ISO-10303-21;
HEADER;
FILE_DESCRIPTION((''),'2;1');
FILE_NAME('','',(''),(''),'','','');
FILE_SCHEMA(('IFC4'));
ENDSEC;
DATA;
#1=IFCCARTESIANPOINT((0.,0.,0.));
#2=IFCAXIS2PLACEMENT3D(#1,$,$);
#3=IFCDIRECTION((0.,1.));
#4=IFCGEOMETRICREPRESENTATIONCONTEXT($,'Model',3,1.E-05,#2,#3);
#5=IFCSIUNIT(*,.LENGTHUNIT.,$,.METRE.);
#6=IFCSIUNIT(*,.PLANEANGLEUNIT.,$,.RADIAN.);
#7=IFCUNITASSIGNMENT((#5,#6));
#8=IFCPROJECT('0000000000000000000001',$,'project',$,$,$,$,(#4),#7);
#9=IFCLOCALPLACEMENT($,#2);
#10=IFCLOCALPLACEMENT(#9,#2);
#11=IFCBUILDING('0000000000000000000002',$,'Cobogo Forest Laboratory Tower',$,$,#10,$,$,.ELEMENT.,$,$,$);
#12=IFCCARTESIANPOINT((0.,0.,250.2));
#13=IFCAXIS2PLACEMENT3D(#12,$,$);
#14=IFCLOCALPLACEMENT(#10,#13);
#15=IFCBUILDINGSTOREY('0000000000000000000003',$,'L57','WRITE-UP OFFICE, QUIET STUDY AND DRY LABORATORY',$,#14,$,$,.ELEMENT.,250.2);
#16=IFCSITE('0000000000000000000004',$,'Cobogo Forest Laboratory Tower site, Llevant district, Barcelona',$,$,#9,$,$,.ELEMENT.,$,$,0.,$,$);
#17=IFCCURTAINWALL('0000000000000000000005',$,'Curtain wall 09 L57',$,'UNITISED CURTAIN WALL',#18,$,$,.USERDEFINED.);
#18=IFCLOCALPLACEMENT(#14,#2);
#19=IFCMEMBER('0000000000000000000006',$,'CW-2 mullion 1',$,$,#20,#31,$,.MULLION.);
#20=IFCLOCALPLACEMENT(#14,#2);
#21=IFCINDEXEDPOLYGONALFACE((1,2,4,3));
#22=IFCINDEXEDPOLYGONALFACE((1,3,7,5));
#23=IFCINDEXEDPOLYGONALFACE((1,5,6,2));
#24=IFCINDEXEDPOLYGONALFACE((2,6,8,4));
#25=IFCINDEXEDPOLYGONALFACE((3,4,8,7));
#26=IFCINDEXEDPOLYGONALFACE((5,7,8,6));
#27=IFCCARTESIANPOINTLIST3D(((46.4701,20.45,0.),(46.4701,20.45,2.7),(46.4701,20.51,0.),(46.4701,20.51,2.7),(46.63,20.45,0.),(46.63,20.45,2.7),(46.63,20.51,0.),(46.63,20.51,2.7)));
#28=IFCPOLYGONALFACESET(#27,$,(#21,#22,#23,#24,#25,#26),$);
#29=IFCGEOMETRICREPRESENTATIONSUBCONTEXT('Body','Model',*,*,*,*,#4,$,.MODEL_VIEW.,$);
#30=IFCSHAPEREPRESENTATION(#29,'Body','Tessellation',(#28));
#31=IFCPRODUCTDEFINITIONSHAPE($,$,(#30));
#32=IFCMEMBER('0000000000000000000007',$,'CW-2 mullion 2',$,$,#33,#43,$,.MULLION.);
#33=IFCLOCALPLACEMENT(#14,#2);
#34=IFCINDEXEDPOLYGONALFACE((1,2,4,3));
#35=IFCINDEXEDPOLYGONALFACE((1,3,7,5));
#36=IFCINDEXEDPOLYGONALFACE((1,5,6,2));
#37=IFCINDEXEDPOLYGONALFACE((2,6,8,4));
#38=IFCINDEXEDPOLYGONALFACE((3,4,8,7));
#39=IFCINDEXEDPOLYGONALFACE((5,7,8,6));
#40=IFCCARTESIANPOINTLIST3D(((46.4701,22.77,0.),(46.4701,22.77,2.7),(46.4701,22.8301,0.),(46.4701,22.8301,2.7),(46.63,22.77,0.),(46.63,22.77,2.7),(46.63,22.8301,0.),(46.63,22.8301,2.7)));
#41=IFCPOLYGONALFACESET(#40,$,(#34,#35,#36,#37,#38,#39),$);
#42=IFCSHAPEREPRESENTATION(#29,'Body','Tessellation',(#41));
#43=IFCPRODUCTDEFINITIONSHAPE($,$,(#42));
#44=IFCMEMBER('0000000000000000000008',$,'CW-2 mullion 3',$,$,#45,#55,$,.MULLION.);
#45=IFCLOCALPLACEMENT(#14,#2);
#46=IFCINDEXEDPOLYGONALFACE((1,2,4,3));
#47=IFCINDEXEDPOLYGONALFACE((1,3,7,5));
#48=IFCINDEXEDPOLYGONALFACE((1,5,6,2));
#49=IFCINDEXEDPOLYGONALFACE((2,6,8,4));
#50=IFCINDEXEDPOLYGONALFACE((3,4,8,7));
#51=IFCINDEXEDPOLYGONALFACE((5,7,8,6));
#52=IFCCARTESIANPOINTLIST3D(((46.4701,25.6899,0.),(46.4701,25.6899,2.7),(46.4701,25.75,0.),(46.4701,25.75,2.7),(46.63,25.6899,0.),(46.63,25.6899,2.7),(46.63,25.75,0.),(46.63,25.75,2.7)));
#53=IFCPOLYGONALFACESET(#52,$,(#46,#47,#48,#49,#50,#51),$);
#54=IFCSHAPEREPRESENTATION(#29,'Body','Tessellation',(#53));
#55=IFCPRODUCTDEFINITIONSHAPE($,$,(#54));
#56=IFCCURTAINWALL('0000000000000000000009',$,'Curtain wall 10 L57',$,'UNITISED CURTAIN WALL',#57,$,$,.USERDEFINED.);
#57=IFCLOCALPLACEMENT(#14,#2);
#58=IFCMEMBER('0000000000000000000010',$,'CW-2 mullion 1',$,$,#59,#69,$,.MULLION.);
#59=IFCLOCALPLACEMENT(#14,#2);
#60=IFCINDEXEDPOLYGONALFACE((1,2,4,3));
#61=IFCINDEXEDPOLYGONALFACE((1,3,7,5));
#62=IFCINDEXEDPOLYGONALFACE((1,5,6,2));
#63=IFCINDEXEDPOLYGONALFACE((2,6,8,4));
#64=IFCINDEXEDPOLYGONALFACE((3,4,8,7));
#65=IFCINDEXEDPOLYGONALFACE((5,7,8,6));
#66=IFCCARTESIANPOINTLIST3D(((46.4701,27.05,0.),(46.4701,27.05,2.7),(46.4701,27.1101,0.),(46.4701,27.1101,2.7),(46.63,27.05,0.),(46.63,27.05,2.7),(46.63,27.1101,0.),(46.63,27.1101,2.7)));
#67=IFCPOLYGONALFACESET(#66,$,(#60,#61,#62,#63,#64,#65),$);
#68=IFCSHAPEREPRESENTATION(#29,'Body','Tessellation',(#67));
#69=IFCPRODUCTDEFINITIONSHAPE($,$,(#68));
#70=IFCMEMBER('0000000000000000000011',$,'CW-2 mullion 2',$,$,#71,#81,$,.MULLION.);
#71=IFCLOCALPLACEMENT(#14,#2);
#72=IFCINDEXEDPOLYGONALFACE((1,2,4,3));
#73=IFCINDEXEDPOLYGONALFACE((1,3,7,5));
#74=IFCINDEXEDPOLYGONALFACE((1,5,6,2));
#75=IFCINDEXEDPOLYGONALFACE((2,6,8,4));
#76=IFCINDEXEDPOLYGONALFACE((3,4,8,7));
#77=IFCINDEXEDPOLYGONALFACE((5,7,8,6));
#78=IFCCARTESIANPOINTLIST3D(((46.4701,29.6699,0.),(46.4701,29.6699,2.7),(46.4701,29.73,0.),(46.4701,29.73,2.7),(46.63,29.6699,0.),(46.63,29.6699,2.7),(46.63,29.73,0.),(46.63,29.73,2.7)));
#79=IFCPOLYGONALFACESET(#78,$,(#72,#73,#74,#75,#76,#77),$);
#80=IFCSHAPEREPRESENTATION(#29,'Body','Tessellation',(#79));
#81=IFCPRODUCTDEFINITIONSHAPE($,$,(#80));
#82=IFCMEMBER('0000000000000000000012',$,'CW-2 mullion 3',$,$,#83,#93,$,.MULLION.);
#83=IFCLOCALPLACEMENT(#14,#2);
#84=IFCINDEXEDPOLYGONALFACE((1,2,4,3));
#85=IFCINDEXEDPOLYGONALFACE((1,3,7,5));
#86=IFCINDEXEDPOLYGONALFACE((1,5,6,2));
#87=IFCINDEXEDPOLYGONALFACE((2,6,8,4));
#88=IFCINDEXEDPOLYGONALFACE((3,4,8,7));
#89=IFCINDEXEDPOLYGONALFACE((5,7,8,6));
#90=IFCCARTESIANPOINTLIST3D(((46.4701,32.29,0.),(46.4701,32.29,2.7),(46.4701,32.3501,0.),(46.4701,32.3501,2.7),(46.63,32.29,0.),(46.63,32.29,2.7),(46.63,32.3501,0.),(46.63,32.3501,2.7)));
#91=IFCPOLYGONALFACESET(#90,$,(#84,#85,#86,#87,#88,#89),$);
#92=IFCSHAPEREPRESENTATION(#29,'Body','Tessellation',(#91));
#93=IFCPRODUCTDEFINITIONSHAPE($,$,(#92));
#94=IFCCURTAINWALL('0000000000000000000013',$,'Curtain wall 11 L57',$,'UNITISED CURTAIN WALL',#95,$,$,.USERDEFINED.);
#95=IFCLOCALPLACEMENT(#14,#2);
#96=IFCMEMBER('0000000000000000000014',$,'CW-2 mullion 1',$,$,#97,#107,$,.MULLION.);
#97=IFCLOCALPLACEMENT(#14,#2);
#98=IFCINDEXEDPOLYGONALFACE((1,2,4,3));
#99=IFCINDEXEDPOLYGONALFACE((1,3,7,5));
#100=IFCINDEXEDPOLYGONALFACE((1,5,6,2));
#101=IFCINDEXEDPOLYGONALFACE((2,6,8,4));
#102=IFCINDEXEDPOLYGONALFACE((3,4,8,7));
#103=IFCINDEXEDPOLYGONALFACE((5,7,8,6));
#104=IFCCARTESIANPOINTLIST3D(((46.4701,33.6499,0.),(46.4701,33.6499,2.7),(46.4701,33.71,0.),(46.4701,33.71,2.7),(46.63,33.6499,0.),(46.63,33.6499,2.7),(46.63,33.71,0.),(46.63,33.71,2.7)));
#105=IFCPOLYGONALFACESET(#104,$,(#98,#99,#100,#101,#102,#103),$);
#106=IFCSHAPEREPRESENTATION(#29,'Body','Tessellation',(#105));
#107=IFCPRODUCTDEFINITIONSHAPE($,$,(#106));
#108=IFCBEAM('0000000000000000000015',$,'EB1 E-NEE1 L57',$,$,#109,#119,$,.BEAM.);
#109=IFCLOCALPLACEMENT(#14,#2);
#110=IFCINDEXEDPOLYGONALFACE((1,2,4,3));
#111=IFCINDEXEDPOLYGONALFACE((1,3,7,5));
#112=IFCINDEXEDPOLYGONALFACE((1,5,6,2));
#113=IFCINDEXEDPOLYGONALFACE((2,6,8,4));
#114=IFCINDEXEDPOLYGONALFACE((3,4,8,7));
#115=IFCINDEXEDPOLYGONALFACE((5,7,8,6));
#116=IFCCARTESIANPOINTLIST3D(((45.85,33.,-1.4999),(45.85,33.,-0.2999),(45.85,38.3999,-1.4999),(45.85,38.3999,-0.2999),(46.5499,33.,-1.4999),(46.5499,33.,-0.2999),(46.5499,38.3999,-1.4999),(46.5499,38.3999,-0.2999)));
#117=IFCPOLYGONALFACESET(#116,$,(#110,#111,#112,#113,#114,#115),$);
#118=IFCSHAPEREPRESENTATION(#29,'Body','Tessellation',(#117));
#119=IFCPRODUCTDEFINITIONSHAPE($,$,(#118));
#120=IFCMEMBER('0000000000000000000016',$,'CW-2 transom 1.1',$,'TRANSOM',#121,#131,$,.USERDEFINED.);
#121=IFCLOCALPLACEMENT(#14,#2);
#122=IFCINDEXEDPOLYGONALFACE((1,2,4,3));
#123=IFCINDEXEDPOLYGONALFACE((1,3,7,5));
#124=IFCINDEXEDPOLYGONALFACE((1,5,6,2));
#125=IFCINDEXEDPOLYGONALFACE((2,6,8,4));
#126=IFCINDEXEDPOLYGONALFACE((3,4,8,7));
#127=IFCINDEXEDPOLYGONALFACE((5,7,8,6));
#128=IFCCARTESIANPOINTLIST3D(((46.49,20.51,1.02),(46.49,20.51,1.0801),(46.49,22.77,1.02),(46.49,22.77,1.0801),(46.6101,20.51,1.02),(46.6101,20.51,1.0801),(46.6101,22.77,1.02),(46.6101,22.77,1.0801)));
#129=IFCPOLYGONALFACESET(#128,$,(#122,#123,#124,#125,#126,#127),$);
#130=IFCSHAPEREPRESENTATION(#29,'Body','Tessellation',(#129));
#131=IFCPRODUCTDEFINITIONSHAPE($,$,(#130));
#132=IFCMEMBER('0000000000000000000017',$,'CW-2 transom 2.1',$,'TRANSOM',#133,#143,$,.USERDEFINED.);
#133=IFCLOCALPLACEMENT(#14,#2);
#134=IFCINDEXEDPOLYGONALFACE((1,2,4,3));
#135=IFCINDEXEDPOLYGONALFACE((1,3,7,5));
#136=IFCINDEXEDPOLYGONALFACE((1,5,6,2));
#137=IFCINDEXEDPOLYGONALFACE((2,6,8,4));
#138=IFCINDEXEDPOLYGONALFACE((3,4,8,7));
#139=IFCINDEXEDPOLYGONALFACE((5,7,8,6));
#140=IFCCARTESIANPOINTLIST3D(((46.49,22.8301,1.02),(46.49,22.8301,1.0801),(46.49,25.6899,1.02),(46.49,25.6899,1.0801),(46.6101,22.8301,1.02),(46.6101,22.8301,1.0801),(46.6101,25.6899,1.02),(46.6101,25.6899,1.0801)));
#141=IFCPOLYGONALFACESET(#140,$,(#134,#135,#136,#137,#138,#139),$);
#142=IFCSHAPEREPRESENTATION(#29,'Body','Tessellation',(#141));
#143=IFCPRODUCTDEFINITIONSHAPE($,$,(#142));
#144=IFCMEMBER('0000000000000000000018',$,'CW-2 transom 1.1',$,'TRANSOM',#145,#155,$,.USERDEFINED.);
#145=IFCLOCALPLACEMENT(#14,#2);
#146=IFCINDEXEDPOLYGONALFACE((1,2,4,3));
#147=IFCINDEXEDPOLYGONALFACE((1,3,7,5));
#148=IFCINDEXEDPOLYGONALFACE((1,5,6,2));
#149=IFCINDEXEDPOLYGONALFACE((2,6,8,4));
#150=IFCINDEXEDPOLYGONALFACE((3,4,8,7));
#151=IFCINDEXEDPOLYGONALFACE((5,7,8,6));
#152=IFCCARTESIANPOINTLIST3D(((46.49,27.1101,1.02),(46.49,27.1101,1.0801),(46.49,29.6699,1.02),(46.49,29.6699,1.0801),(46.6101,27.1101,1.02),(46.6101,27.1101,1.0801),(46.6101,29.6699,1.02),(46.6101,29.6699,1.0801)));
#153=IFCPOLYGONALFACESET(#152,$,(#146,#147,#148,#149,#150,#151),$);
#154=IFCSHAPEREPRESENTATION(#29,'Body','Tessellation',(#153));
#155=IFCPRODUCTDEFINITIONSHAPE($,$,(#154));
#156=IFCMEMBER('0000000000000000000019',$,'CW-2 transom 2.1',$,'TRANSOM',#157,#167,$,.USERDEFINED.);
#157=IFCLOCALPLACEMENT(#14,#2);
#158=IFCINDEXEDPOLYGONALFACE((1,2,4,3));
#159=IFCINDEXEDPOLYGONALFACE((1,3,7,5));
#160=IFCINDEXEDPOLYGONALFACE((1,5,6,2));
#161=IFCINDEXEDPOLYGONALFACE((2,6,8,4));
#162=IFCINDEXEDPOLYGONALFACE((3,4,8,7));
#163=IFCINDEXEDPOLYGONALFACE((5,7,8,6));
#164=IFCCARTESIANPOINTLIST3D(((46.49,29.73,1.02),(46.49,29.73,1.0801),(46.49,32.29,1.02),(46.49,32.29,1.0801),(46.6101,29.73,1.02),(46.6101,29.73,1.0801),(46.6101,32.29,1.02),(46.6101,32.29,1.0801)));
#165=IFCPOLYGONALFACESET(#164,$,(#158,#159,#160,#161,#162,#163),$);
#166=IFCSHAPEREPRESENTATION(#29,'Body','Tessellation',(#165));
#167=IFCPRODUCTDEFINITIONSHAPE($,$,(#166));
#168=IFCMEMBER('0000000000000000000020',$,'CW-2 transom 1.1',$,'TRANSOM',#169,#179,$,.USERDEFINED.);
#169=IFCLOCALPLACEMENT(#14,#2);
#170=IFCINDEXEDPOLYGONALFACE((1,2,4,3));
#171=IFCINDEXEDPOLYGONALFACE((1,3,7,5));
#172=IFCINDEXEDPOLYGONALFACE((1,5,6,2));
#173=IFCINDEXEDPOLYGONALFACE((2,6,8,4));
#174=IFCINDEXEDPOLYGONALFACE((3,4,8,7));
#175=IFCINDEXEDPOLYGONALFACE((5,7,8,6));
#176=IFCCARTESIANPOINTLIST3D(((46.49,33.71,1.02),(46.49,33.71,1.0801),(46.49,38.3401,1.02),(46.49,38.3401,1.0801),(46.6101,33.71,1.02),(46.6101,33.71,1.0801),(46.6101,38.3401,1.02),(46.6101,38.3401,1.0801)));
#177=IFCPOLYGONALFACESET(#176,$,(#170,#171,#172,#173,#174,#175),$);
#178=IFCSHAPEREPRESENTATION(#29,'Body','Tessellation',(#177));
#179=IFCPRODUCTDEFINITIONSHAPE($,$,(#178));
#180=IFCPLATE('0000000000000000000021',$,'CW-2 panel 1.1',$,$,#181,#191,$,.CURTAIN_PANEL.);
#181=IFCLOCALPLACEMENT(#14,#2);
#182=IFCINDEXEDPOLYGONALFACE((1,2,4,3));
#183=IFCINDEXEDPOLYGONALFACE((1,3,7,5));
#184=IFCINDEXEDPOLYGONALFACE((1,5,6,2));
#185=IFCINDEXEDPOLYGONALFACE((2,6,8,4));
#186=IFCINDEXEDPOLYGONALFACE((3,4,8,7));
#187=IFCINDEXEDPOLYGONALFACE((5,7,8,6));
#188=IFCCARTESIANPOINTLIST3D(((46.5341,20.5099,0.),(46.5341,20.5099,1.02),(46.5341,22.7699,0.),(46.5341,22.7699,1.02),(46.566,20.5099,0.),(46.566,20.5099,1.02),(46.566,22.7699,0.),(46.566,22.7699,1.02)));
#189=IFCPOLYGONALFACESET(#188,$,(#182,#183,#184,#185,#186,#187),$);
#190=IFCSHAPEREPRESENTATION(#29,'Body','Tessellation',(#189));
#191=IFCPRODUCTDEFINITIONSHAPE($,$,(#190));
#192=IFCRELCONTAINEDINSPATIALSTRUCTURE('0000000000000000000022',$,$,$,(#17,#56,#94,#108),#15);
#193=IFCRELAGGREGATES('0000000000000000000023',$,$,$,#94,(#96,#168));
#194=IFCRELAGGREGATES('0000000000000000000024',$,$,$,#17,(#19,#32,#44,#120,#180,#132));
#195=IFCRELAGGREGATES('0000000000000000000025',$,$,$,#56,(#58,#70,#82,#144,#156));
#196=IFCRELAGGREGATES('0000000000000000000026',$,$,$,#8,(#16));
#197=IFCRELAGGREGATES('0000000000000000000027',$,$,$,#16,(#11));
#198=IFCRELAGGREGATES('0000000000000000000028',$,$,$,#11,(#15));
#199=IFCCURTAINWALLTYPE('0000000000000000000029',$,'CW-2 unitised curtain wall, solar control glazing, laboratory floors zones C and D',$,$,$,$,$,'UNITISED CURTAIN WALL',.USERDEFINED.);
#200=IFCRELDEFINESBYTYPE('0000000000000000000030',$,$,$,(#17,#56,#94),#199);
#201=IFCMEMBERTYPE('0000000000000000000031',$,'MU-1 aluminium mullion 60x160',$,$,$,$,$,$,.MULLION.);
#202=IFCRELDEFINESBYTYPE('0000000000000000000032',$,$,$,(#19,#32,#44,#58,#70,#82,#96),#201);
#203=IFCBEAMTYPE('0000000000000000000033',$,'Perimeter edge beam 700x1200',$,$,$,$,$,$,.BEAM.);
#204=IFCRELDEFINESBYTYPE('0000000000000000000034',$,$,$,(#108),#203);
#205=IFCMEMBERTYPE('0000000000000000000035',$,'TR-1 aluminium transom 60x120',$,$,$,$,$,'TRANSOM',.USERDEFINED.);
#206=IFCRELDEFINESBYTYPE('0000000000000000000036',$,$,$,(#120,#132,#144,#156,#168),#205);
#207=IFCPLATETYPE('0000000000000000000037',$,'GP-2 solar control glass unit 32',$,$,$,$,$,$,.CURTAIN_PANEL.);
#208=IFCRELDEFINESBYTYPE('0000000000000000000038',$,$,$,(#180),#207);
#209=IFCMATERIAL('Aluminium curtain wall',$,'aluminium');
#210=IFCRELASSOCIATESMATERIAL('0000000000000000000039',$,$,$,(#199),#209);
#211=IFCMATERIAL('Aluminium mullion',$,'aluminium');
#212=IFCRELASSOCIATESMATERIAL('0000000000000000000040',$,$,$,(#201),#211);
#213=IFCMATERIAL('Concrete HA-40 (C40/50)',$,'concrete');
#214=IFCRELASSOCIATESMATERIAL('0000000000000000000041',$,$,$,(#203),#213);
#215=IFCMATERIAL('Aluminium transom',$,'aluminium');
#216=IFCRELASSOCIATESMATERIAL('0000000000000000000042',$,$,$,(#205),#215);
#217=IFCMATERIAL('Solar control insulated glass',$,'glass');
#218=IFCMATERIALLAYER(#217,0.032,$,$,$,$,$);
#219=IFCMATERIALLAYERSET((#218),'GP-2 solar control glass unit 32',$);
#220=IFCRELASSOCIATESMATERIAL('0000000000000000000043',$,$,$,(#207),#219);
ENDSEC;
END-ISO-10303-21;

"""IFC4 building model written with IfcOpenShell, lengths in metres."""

from ifc_helpers import new_model, si_unit, direction, frame, origin, origin_2d, place, context, subcontext, project, spatial, rectangle, extrude, material, layer, layer_set, material_profile, profile_set, type_object, element, aggregate, save


model = new_model("IFC4")

# Units and contexts
model_context = context("Model", 3, precision=1e-05, world=origin(), true_north=direction((0.0, 1.0)))
body_context = subcontext(model_context, "Body", "Model", "MODEL_VIEW")
ifc_project = project(units=[si_unit("LENGTHUNIT", "METRE"), si_unit("PLANEANGLEUNIT", "RADIAN")], contexts=[model_context])

# Site, building, storey
site_placement = place(None, origin())
site = spatial("IfcSite", under=ifc_project, at=site_placement, Name="Cobogo Forest Laboratory Tower site, Llevant district, Barcelona", CompositionType="ELEMENT", RefElevation=0.0)
building_placement = place(site_placement, origin())
building = spatial("IfcBuilding", under=site, at=building_placement, Name="Cobogo Forest Laboratory Tower", CompositionType="ELEMENT")
storey_placement = place(building_placement, frame((0.0, 0.0, 250.2)))
storey = spatial("IfcBuildingStorey", under=building, at=storey_placement, Name="L57", Description="WRITE-UP OFFICE, QUIET STUDY AND DRY LABORATORY", CompositionType="ELEMENT", Elevation=250.2)

# Curtain walls, members
ifc_material_1 = material(Name="Aluminium curtain wall", Category="aluminium")
curtain_wall_type = type_object("IfcCurtainWallType", Name="CW-2 unitised curtain wall, solar control glazing, laboratory floors zones C and D", ElementType="UNITISED CURTAIN WALL", PredefinedType="USERDEFINED", material=ifc_material_1)
curtain_wall_1_placement = place(storey_placement, origin())
curtain_wall_1 = element("IfcCurtainWall", 1, at=curtain_wall_1_placement, inside=storey, type_object=curtain_wall_type, Name="Curtain wall 09 L57", ObjectType="UNITISED CURTAIN WALL", PredefinedType="USERDEFINED")
ifc_material_2 = material(Name="Aluminium mullion", Category="aluminium")
ifc_material_profile_1 = material_profile(ifc_material_2, rectangle(XDim=0.0601, YDim=0.1599, at=origin_2d()), Name="AL 60x160")
ifc_profile_set_1 = profile_set([ifc_material_profile_1], Name="Aluminium mullion")
member_type_1 = type_object("IfcMemberType", Name="MU-1 aluminium mullion 60x160", PredefinedType="MULLION", material=ifc_profile_set_1)
member_1_placement = place(storey_placement, frame((46.55, 20.48, 0.0), z_axis=(0.0, 0.0, 1.0), x_axis=(0.0, 1.0, 0.0)))
member_1 = element("IfcMember", 2, at=member_1_placement, type_object=member_type_1, Name="CW-2 mullion 1", PredefinedType="MULLION", context=body_context, shape_type="SweptSolid", body=[
    extrude(rectangle(XDim=0.0601, YDim=0.1599, at=origin_2d()), origin(), (0.0, 0.0, 1.0), 2.7),
])
member_2_placement = place(storey_placement, frame((46.55, 22.8, 0.0), z_axis=(0.0, 0.0, 1.0), x_axis=(0.0, 1.0, 0.0)))
member_2 = element("IfcMember", 3, at=member_2_placement, type_object=member_type_1, Name="CW-2 mullion 2", PredefinedType="MULLION", context=body_context, shape_type="SweptSolid", body=[
    extrude(rectangle(XDim=0.0601, YDim=0.1599, at=origin_2d()), origin(), (0.0, 0.0, 1.0), 2.7),
])
member_3_placement = place(storey_placement, frame((46.55, 25.72, 0.0), z_axis=(0.0, 0.0, 1.0), x_axis=(0.0, 1.0, 0.0)))
member_3 = element("IfcMember", 4, at=member_3_placement, type_object=member_type_1, Name="CW-2 mullion 3", PredefinedType="MULLION", context=body_context, shape_type="SweptSolid", body=[
    extrude(rectangle(XDim=0.0601, YDim=0.1599, at=origin_2d()), origin(), (0.0, 0.0, 1.0), 2.7),
])
curtain_wall_2_placement = place(storey_placement, origin())
curtain_wall_2 = element("IfcCurtainWall", 5, at=curtain_wall_2_placement, inside=storey, type_object=curtain_wall_type, Name="Curtain wall 10 L57", ObjectType="UNITISED CURTAIN WALL", PredefinedType="USERDEFINED")
member_4_placement = place(storey_placement, frame((46.55, 27.0801, 0.0), z_axis=(0.0, 0.0, 1.0), x_axis=(0.0, 1.0, 0.0)))
member_4 = element("IfcMember", 6, at=member_4_placement, type_object=member_type_1, Name="CW-2 mullion 1", PredefinedType="MULLION", context=body_context, shape_type="SweptSolid", body=[
    extrude(rectangle(XDim=0.0601, YDim=0.1599, at=origin_2d()), origin(), (0.0, 0.0, 1.0), 2.7),
])
member_5_placement = place(storey_placement, frame((46.55, 29.7, 0.0), z_axis=(0.0, 0.0, 1.0), x_axis=(0.0, 1.0, 0.0)))
member_5 = element("IfcMember", 7, at=member_5_placement, type_object=member_type_1, Name="CW-2 mullion 2", PredefinedType="MULLION", context=body_context, shape_type="SweptSolid", body=[
    extrude(rectangle(XDim=0.0601, YDim=0.1599, at=origin_2d()), origin(), (0.0, 0.0, 1.0), 2.7),
])
member_6_placement = place(storey_placement, frame((46.55, 32.3201, 0.0), z_axis=(0.0, 0.0, 1.0), x_axis=(0.0, 1.0, 0.0)))
member_6 = element("IfcMember", 8, at=member_6_placement, type_object=member_type_1, Name="CW-2 mullion 3", PredefinedType="MULLION", context=body_context, shape_type="SweptSolid", body=[
    extrude(rectangle(XDim=0.0601, YDim=0.1599, at=origin_2d()), origin(), (0.0, 0.0, 1.0), 2.7),
])

# Curtain wall, member
curtain_wall_3_placement = place(storey_placement, origin())
curtain_wall_3 = element("IfcCurtainWall", 9, at=curtain_wall_3_placement, inside=storey, type_object=curtain_wall_type, Name="Curtain wall 11 L57", ObjectType="UNITISED CURTAIN WALL", PredefinedType="USERDEFINED")
member_7_placement = place(storey_placement, frame((46.55, 33.6799, 0.0), z_axis=(0.0, 0.0, 1.0), x_axis=(0.0, 1.0, 0.0)))
member_7 = element("IfcMember", 10, at=member_7_placement, type_object=member_type_1, Name="CW-2 mullion 1", PredefinedType="MULLION", context=body_context, shape_type="SweptSolid", body=[
    extrude(rectangle(XDim=0.0601, YDim=0.1599, at=origin_2d()), origin(), (0.0, 0.0, 1.0), 2.7),
])

# Beam
ifc_material_3 = material(Name="Concrete HA-40 (C40/50)", Category="concrete")
ifc_material_profile_2 = material_profile(ifc_material_3, rectangle(XDim=0.7, YDim=1.2, at=origin_2d()), Name="RC 700x1200")
ifc_profile_set_2 = profile_set([ifc_material_profile_2], Name="Concrete HA-40 (C40/50)")
beam_type = type_object("IfcBeamType", Name="Perimeter edge beam 700x1200", PredefinedType="BEAM", material=ifc_profile_set_2)
beam_placement = place(storey_placement, frame((46.2, 33.0, -0.8999), z_axis=(0.0, 1.0, 0.0), x_axis=(-1.0, 0.0, 0.0)))
element("IfcBeam", 11, at=beam_placement, inside=storey, type_object=beam_type, Name="EB1 E-NEE1 L57", PredefinedType="BEAM", context=body_context, shape_type="SweptSolid", body=[
    extrude(rectangle(XDim=0.7, YDim=1.2, at=origin_2d()), origin(), (0.0, 0.0, 1.0), 5.3999),
])

# Members
ifc_material_4 = material(Name="Aluminium transom", Category="aluminium")
ifc_material_profile_3 = material_profile(ifc_material_4, rectangle(XDim=0.1201, YDim=0.0601, at=origin_2d()), Name="AL 60x120")
ifc_profile_set_3 = profile_set([ifc_material_profile_3], Name="Aluminium transom")
member_type_2 = type_object("IfcMemberType", Name="TR-1 aluminium transom 60x120", ElementType="TRANSOM", PredefinedType="USERDEFINED", material=ifc_profile_set_3)
member_8_placement = place(storey_placement, frame((46.55, 20.51, 1.05), z_axis=(0.0, 1.0, 0.0), x_axis=(-1.0, 0.0, 0.0)))
member_8 = element("IfcMember", 12, at=member_8_placement, type_object=member_type_2, Name="CW-2 transom 1.1", ObjectType="TRANSOM", PredefinedType="USERDEFINED", context=body_context, shape_type="SweptSolid", body=[
    extrude(rectangle(XDim=0.1201, YDim=0.0601, at=origin_2d()), origin(), (0.0, 0.0, 1.0), 2.26),
])
member_9_placement = place(storey_placement, frame((46.55, 22.8301, 1.05), z_axis=(0.0, 1.0, 0.0), x_axis=(-1.0, 0.0, 0.0)))
member_9 = element("IfcMember", 13, at=member_9_placement, type_object=member_type_2, Name="CW-2 transom 2.1", ObjectType="TRANSOM", PredefinedType="USERDEFINED", context=body_context, shape_type="SweptSolid", body=[
    extrude(rectangle(XDim=0.1201, YDim=0.0601, at=origin_2d()), origin(), (0.0, 0.0, 1.0), 2.8599),
])
member_10_placement = place(storey_placement, frame((46.55, 27.1101, 1.05), z_axis=(0.0, 1.0, 0.0), x_axis=(-1.0, 0.0, 0.0)))
member_10 = element("IfcMember", 14, at=member_10_placement, type_object=member_type_2, Name="CW-2 transom 1.1", ObjectType="TRANSOM", PredefinedType="USERDEFINED", context=body_context, shape_type="SweptSolid", body=[
    extrude(rectangle(XDim=0.1201, YDim=0.0601, at=origin_2d()), origin(), (0.0, 0.0, 1.0), 2.5598),
])
member_11_placement = place(storey_placement, frame((46.55, 29.73, 1.05), z_axis=(0.0, 1.0, 0.0), x_axis=(-1.0, 0.0, 0.0)))
member_11 = element("IfcMember", 15, at=member_11_placement, type_object=member_type_2, Name="CW-2 transom 2.1", ObjectType="TRANSOM", PredefinedType="USERDEFINED", context=body_context, shape_type="SweptSolid", body=[
    extrude(rectangle(XDim=0.1201, YDim=0.0601, at=origin_2d()), origin(), (0.0, 0.0, 1.0), 2.5601),
])
member_12_placement = place(storey_placement, frame((46.55, 33.71, 1.05), z_axis=(0.0, 1.0, 0.0), x_axis=(-1.0, 0.0, 0.0)))
member_12 = element("IfcMember", 16, at=member_12_placement, type_object=member_type_2, Name="CW-2 transom 1.1", ObjectType="TRANSOM", PredefinedType="USERDEFINED", context=body_context, shape_type="SweptSolid", body=[
    extrude(rectangle(XDim=0.1201, YDim=0.0601, at=origin_2d()), origin(), (0.0, 0.0, 1.0), 4.6301),
])
aggregate(curtain_wall_3, [member_7, member_12])

# Plate
ifc_material_5 = material(Name="Solar control insulated glass", Category="glass")
ifc_layer_1 = layer(ifc_material_5, 0.032)
ifc_layer_set_1 = layer_set([ifc_layer_1], Name="GP-2 solar control glass unit 32")
plate_type_1 = type_object("IfcPlateType", Name="GP-2 solar control glass unit 32", PredefinedType="CURTAIN_PANEL", material=ifc_layer_set_1)
plate_1_placement = place(storey_placement, frame((46.55, 21.6399, 0.0), z_axis=(0.0, 0.0, 1.0), x_axis=(0.0, 1.0, 0.0)))
plate_1 = element("IfcPlate", 17, at=plate_1_placement, type_object=plate_type_1, Name="CW-2 panel 1.1", PredefinedType="CURTAIN_PANEL", context=body_context, shape_type="SweptSolid", body=[
    extrude(rectangle(XDim=2.26, YDim=0.032, at=origin_2d()), origin(), (0.0, 0.0, 1.0), 1.02),
])
aggregate(curtain_wall_1, [member_1, member_2, member_3, member_8, plate_1, member_9])
aggregate(curtain_wall_2, [member_4, member_5, member_6, member_10, member_11])

save(model, "model.ifc")
